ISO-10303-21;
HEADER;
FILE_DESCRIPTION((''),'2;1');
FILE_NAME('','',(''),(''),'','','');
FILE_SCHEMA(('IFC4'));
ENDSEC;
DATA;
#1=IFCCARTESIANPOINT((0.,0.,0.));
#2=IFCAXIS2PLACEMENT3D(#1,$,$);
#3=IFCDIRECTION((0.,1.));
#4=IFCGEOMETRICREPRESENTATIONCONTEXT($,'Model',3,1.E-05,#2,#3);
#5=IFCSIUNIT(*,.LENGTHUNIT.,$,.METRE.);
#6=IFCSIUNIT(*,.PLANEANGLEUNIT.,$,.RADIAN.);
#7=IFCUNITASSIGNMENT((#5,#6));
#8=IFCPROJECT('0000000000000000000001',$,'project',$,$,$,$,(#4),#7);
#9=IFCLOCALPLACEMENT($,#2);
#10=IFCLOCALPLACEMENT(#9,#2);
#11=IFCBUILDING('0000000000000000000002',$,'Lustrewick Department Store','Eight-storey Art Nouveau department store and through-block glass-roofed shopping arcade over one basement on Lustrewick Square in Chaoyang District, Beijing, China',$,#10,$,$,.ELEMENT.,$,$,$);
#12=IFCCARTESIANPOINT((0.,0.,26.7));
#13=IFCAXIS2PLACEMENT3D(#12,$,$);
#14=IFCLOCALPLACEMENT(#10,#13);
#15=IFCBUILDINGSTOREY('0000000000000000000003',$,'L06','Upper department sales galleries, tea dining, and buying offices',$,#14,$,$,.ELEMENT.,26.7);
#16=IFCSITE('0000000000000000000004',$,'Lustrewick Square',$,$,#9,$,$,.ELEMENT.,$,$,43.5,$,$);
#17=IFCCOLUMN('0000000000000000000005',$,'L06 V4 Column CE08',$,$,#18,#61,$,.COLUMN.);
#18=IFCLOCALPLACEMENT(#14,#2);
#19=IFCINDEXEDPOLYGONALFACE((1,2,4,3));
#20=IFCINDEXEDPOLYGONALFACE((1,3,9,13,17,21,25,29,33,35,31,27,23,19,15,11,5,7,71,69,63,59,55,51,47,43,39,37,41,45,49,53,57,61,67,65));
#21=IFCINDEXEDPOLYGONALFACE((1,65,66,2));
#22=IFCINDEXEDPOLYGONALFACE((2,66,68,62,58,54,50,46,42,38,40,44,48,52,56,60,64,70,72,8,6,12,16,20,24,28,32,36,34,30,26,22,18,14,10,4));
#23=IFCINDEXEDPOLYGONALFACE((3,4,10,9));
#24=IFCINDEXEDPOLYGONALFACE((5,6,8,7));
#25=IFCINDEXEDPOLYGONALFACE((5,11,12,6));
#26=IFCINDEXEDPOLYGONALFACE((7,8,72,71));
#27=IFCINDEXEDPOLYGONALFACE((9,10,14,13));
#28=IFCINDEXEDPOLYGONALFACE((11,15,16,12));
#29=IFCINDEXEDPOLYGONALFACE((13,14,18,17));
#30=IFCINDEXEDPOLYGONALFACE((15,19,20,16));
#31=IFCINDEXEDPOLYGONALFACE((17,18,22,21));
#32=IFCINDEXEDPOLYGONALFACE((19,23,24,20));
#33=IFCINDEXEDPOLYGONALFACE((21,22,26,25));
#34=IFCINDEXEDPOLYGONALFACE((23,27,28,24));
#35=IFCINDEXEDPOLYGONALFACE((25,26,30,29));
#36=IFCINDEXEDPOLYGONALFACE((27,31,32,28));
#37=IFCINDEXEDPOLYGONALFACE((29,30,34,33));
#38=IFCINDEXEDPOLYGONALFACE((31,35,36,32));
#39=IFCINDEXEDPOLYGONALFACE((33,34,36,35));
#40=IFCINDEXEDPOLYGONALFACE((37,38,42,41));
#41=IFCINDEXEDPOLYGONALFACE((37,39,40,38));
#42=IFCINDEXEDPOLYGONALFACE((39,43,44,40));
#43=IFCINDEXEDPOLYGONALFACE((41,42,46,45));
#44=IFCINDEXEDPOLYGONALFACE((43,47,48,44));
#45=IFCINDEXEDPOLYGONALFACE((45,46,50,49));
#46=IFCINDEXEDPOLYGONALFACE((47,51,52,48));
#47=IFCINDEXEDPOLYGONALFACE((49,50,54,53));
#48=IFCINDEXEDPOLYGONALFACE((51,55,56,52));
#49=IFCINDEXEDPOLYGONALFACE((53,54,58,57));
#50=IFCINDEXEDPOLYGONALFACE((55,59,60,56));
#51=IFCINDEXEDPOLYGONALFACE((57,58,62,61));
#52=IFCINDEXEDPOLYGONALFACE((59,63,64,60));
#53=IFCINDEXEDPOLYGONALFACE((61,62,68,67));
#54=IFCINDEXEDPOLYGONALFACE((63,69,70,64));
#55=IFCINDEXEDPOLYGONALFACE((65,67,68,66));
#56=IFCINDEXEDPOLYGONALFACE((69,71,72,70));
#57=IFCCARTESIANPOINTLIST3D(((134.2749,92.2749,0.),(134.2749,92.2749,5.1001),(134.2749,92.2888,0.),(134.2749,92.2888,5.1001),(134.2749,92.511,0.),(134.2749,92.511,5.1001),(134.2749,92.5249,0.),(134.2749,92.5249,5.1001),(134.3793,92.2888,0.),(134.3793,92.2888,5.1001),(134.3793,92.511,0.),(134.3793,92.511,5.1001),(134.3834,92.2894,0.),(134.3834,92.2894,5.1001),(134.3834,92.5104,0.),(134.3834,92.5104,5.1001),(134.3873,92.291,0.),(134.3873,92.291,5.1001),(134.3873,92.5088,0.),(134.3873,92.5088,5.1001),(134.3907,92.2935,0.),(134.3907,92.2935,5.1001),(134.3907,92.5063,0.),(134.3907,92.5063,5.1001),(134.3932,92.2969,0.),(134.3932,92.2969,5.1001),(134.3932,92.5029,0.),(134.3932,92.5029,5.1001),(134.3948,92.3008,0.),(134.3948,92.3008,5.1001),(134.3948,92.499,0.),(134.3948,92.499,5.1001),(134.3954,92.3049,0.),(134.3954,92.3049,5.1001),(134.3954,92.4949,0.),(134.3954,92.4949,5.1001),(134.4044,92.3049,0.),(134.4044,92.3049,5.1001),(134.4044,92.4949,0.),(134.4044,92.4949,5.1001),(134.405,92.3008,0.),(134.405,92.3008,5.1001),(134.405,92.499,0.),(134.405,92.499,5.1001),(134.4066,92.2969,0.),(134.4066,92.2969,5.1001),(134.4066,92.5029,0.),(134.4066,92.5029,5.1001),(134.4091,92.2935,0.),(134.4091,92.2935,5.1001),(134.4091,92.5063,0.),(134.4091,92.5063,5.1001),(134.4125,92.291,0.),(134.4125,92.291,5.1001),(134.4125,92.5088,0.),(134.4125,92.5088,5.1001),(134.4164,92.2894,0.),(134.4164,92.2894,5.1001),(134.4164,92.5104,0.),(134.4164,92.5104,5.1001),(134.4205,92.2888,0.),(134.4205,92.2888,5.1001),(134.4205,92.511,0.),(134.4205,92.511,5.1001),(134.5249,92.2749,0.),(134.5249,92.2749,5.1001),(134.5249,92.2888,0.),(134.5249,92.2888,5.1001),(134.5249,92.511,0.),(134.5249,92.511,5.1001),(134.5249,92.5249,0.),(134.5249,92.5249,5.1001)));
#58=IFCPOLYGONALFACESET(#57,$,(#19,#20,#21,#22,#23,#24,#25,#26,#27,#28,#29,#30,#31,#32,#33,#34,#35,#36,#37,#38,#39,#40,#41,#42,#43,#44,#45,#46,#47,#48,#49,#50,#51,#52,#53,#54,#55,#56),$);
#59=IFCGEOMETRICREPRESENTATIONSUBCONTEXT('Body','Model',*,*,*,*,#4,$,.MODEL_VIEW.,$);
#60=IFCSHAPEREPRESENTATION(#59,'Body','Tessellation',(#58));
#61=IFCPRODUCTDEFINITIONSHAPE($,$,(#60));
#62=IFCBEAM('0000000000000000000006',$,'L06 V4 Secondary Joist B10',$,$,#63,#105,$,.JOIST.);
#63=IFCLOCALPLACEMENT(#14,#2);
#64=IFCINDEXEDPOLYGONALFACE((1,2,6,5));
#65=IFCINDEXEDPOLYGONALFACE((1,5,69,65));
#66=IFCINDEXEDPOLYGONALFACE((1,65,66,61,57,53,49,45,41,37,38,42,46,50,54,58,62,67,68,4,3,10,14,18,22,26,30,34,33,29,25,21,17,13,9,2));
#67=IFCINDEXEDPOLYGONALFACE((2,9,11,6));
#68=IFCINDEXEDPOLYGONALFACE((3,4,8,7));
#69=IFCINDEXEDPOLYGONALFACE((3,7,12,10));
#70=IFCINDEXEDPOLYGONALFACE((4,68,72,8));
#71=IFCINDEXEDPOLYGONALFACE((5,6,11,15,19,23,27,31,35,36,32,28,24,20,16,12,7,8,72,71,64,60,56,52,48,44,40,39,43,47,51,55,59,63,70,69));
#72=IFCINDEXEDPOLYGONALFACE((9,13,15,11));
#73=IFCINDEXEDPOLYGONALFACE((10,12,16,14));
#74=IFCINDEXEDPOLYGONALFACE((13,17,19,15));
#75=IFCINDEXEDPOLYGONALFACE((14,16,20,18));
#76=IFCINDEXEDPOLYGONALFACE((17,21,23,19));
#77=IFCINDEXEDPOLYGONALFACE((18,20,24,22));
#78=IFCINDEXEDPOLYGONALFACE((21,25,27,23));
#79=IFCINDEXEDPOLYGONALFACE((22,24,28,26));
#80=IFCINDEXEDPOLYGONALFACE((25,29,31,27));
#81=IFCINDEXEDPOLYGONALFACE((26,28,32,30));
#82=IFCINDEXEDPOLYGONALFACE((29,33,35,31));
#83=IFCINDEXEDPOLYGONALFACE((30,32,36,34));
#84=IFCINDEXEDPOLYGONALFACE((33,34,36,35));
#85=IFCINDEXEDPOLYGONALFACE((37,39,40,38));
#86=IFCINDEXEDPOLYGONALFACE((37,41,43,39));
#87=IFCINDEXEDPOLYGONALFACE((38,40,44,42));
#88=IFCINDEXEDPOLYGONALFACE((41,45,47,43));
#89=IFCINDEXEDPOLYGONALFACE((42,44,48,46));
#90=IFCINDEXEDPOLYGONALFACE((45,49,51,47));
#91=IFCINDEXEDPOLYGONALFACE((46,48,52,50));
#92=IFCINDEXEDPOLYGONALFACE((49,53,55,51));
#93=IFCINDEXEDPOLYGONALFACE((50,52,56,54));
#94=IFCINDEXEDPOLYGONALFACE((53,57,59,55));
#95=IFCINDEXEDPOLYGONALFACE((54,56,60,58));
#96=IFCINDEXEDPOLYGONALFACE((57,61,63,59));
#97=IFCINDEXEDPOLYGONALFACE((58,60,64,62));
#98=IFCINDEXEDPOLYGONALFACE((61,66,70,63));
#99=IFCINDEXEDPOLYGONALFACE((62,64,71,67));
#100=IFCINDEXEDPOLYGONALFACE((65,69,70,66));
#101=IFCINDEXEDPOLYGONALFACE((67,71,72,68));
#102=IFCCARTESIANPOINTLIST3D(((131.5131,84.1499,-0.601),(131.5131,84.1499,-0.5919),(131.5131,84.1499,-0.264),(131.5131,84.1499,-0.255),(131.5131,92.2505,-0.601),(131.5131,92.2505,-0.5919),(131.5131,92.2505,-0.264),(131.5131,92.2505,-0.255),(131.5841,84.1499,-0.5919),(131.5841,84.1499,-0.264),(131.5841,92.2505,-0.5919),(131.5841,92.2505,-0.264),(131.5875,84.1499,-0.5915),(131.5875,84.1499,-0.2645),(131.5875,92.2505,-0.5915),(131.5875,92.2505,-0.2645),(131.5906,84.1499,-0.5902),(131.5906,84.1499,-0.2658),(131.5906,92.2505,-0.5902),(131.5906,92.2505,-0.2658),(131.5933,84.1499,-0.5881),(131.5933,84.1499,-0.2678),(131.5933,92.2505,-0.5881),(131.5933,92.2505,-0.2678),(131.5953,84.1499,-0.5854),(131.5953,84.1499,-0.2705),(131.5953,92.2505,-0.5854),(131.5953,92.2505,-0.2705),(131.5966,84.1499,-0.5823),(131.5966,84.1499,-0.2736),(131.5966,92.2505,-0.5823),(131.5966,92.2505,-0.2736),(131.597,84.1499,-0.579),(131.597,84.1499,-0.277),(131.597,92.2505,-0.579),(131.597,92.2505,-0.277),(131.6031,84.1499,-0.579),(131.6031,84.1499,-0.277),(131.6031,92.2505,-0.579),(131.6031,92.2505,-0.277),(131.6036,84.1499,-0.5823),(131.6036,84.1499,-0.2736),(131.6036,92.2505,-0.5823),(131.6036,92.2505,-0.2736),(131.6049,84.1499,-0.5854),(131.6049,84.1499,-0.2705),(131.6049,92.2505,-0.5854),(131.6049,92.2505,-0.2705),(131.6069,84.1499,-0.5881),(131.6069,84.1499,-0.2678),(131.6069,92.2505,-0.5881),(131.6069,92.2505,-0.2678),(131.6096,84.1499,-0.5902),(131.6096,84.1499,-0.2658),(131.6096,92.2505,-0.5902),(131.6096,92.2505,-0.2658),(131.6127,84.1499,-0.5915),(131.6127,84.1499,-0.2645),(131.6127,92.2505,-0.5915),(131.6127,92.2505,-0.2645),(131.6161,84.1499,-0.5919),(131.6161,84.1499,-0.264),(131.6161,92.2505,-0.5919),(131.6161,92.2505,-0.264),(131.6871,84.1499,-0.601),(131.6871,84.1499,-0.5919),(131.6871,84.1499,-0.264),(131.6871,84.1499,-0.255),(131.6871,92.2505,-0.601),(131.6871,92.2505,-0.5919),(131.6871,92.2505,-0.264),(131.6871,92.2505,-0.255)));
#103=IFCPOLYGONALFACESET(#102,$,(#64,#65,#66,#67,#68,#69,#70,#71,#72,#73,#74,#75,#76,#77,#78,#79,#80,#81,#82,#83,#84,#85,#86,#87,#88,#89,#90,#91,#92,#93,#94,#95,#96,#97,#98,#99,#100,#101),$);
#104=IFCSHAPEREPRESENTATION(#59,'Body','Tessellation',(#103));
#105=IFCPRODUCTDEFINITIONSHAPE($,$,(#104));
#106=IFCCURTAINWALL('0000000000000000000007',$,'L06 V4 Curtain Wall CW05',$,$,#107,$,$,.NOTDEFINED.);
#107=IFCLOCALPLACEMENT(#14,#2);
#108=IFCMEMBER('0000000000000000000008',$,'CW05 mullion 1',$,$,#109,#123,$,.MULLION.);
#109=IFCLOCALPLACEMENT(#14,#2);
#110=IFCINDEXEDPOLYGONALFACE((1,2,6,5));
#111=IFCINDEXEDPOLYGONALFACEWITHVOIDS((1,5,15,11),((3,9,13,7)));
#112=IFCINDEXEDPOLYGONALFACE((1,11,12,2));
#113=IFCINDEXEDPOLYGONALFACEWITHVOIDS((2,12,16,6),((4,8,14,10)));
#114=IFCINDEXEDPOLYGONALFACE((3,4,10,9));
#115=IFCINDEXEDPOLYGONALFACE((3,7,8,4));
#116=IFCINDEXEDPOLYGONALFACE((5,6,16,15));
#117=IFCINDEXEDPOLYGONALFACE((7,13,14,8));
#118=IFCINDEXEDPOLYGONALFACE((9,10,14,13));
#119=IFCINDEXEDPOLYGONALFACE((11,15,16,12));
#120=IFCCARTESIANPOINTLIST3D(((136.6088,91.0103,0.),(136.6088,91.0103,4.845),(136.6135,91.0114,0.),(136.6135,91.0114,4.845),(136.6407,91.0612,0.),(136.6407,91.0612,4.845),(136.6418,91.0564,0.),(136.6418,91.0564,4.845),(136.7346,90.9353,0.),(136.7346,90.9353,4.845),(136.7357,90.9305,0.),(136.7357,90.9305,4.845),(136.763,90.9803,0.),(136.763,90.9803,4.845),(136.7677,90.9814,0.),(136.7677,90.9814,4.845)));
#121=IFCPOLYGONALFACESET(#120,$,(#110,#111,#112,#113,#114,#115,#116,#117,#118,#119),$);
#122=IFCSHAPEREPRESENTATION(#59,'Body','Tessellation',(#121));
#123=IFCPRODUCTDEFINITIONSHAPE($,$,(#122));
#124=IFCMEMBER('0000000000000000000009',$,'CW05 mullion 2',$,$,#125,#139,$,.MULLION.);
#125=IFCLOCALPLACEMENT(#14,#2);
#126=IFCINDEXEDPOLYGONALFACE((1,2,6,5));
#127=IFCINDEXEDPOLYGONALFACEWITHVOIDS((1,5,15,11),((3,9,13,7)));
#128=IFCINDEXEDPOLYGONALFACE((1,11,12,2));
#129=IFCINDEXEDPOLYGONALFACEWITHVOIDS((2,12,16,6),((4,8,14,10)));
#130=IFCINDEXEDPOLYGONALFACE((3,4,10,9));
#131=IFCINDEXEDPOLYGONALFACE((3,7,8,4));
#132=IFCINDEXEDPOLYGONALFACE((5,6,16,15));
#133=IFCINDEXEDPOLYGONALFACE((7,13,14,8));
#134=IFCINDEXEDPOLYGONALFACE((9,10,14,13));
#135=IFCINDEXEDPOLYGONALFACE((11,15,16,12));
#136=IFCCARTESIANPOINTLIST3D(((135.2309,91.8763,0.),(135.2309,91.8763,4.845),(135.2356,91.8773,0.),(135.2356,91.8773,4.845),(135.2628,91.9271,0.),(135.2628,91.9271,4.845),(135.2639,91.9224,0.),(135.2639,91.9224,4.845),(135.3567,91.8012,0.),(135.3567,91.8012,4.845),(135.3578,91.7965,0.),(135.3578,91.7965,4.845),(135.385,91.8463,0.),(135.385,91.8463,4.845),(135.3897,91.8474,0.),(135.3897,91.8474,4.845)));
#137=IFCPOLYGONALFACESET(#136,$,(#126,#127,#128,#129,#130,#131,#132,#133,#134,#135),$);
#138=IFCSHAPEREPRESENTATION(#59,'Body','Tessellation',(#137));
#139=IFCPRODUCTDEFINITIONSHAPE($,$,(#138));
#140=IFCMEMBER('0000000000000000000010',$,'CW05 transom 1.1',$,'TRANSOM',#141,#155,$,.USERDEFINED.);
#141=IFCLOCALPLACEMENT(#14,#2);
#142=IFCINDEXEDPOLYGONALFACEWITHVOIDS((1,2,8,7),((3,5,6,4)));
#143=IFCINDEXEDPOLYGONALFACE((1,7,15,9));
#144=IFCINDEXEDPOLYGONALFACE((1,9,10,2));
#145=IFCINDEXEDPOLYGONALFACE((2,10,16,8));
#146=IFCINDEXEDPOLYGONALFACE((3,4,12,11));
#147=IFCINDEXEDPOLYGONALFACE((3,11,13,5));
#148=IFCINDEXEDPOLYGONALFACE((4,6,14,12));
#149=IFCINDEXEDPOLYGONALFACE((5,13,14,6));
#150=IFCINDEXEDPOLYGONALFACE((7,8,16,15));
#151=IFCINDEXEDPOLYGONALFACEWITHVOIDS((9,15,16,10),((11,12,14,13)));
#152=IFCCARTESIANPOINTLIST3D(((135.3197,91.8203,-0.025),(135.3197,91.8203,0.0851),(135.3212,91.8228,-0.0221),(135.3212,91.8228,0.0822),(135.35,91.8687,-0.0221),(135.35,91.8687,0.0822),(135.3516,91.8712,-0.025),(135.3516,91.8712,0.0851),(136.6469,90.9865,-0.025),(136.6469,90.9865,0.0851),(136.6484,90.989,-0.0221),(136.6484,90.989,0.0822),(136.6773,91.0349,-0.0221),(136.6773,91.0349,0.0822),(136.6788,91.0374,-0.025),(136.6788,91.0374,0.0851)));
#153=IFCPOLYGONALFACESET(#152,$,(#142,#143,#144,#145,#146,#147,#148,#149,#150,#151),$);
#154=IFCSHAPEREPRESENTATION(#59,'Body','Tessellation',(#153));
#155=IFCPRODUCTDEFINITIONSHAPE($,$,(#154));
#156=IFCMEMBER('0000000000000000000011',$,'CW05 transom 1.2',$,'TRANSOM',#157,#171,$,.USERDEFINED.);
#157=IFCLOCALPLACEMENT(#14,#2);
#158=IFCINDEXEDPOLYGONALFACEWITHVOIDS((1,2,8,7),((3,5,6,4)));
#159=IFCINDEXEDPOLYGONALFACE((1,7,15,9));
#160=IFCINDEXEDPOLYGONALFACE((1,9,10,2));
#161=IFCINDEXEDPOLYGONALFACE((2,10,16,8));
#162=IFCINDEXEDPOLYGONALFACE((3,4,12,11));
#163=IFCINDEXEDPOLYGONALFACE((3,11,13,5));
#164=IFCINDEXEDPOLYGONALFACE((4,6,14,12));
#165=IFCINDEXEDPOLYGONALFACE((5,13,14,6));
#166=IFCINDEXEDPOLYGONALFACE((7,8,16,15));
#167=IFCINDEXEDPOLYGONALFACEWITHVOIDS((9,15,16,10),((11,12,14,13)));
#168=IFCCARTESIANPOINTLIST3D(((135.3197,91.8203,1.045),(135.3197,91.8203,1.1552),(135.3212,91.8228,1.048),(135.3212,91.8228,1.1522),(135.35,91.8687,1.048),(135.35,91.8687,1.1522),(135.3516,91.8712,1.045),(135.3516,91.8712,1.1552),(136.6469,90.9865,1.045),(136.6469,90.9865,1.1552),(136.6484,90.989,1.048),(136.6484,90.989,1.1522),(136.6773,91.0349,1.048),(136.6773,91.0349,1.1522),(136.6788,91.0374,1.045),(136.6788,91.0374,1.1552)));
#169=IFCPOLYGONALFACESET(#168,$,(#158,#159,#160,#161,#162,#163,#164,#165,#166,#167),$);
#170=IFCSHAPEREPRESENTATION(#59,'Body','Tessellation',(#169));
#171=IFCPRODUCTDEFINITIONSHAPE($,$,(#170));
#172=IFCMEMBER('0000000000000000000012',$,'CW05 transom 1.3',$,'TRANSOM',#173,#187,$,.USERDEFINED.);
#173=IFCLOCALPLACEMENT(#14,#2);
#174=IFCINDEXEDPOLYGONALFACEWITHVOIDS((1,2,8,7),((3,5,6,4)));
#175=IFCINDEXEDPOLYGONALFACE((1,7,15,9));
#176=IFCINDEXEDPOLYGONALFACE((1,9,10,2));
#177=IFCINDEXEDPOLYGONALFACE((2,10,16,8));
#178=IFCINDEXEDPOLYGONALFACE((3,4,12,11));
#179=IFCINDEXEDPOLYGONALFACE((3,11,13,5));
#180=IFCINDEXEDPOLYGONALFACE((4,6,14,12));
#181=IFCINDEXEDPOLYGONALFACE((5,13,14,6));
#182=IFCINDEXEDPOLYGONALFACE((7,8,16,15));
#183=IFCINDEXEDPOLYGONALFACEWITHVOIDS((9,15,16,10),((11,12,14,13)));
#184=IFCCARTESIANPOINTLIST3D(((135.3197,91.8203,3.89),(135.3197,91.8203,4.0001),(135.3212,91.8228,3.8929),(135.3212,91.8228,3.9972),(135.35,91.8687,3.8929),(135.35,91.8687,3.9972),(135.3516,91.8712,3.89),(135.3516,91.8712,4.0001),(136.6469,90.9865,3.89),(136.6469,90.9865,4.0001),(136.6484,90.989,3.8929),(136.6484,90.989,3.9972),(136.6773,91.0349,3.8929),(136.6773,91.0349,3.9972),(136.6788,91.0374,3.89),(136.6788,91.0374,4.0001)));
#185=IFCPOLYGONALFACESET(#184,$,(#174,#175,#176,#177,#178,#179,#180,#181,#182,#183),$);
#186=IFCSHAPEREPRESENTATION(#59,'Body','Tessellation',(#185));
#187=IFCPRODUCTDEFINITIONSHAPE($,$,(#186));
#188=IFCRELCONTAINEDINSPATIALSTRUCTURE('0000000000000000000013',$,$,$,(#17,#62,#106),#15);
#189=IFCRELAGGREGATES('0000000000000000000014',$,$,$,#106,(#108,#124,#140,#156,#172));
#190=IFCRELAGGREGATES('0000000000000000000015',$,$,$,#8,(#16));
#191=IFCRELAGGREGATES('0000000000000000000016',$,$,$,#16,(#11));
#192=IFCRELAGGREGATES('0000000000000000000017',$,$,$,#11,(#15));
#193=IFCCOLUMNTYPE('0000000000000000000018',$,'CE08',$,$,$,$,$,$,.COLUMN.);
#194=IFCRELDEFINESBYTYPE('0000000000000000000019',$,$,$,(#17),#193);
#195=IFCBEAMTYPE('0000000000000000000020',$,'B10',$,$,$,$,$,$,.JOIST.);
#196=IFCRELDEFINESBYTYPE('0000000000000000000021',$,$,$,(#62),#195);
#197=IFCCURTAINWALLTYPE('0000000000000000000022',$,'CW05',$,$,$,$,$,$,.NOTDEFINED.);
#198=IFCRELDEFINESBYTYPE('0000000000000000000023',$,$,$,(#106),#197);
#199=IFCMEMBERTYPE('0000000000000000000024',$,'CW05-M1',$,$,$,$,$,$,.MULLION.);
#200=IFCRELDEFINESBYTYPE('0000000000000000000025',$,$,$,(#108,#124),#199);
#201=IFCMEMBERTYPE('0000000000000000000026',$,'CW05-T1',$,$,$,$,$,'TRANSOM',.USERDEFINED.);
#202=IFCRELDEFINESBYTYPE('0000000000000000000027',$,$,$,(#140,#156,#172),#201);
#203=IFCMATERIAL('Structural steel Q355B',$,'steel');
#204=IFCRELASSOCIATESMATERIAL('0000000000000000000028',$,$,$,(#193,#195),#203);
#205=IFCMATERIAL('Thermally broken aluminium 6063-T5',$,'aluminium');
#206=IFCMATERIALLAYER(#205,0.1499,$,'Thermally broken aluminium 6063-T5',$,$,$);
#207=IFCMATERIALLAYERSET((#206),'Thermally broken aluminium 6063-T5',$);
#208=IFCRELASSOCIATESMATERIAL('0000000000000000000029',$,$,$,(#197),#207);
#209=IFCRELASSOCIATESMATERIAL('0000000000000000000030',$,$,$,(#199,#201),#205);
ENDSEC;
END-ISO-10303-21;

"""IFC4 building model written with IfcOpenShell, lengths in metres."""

from ifc_helpers import new_model, si_unit, direction, frame, origin, origin_2d, place, context, subcontext, project, spatial, hollow_rectangle, i_section, extrude, material, layer, layer_set, material_profile, profile_set, type_object, element, aggregate, save


model = new_model("IFC4")

# Units and contexts
model_context = context("Model", 3, precision=1e-05, world=origin(), true_north=direction((0.0, 1.0)))
body_context = subcontext(model_context, "Body", "Model", "MODEL_VIEW")
ifc_project = project(units=[si_unit("LENGTHUNIT", "METRE"), si_unit("PLANEANGLEUNIT", "RADIAN")], contexts=[model_context])

# Site, building, storey
site_placement = place(None, origin())
site = spatial("IfcSite", under=ifc_project, at=site_placement, Name="Lustrewick Square", CompositionType="ELEMENT", RefElevation=43.5)
building_placement = place(site_placement, origin())
building = spatial("IfcBuilding", under=site, at=building_placement, Name="Lustrewick Department Store", Description="Eight-storey Art Nouveau department store and through-block glass-roofed shopping arcade over one basement on Lustrewick Square in Chaoyang District, Beijing, China", CompositionType="ELEMENT")
storey_placement = place(building_placement, frame((0.0, 0.0, 26.7)))
storey = spatial("IfcBuildingStorey", under=building, at=storey_placement, Name="L06", Description="Upper department sales galleries, tea dining, and buying offices", CompositionType="ELEMENT", Elevation=26.7)

# Column
ifc_material_1 = material(Name="Structural steel Q355B", Category="steel")
ifc_material_profile_1 = material_profile(ifc_material_1, i_section(OverallWidth=0.25, OverallDepth=0.25, WebThickness=0.009, FlangeThickness=0.0139, FilletRadius=0.0161, at=origin_2d()), Name="HW 250x250x9x14")
ifc_profile_set_1 = profile_set([ifc_material_profile_1], Name="Structural steel Q355B")
column_type = type_object("IfcColumnType", Name="CE08", PredefinedType="COLUMN", material=ifc_profile_set_1)
column_placement = place(storey_placement, frame((134.3999, 92.3999, 0.0), z_axis=(0.0, 0.0, 1.0), x_axis=(1.0, 0.0, 0.0)))
element("IfcColumn", 1, at=column_placement, inside=storey, type_object=column_type, Name="L06 V4 Column CE08", PredefinedType="COLUMN", context=body_context, shape_type="SweptSolid", body=[
    extrude(i_section(OverallWidth=0.25, OverallDepth=0.25, WebThickness=0.009, FlangeThickness=0.0139, FilletRadius=0.0161, at=origin_2d()), origin(), (0.0, 0.0, 1.0), 5.1001),
])

# Beam
ifc_material_profile_2 = material_profile(ifc_material_1, i_section(OverallWidth=0.1741, OverallDepth=0.3459, WebThickness=0.0061, FlangeThickness=0.009, FilletRadius=0.0129, at=origin_2d()), Name="HN 346x174x6x9")
ifc_profile_set_2 = profile_set([ifc_material_profile_2], Name="Structural steel Q355B")
beam_type_1 = type_object("IfcBeamType", Name="B10", PredefinedType="JOIST", material=ifc_profile_set_2)
beam_1_placement = place(storey_placement, frame((131.6001, 84.1499, -0.428), z_axis=(0.0, 1.0, 0.0), x_axis=(-1.0, 0.0, 0.0)))
element("IfcBeam", 2, at=beam_1_placement, inside=storey, type_object=beam_type_1, Name="L06 V4 Secondary Joist B10", PredefinedType="JOIST", context=body_context, shape_type="SweptSolid", body=[
    extrude(i_section(OverallWidth=0.1741, OverallDepth=0.3459, WebThickness=0.0061, FlangeThickness=0.009, FilletRadius=0.0129, at=origin_2d()), origin(), (0.0, 0.0, 1.0), 8.1006),
])

# Curtain wall, members
ifc_material_2 = material(Name="Thermally broken aluminium 6063-T5", Category="aluminium")
ifc_layer_1 = layer(ifc_material_2, 0.1499, Name="Thermally broken aluminium 6063-T5")
ifc_layer_set_1 = layer_set([ifc_layer_1], Name="Thermally broken aluminium 6063-T5")
curtain_wall_type_1 = type_object("IfcCurtainWallType", Name="CW05", PredefinedType="NOTDEFINED", material=ifc_layer_set_1)
curtain_wall_1_placement = place(storey_placement, origin())
curtain_wall_1 = element("IfcCurtainWall", 3, at=curtain_wall_1_placement, inside=storey, type_object=curtain_wall_type_1, Name="L06 V4 Curtain Wall CW05", PredefinedType="NOTDEFINED")
ifc_material_profile_3 = material_profile(ifc_material_2, hollow_rectangle(XDim=0.0601, YDim=0.1499, WallThickness=0.0034, at=origin_2d()), Name="ALU-M 60x150x3.5")
ifc_profile_set_3 = profile_set([ifc_material_profile_3], Name="Thermally broken aluminium 6063-T5")
member_type_1 = type_object("IfcMemberType", Name="CW05-M1", PredefinedType="MULLION", material=ifc_profile_set_3)
member_1_placement = place(storey_placement, frame((136.6882, 90.9958, 0.0), z_axis=(0.0, 0.0, 1.0), x_axis=(-0.532027, -0.846727, 0.0)))
member_1 = element("IfcMember", 4, at=member_1_placement, type_object=member_type_1, Name="CW05 mullion 1", PredefinedType="MULLION", context=body_context, shape_type="SweptSolid", body=[
    extrude(hollow_rectangle(XDim=0.0601, YDim=0.1499, WallThickness=0.0034, at=origin_2d()), origin(), (0.0, 0.0, 1.0), 4.845),
])
member_2_placement = place(storey_placement, frame((135.3103, 91.8618, 0.0), z_axis=(0.0, 0.0, 1.0), x_axis=(-0.532027, -0.846727, 0.0)))
member_2 = element("IfcMember", 5, at=member_2_placement, type_object=member_type_1, Name="CW05 mullion 2", PredefinedType="MULLION", context=body_context, shape_type="SweptSolid", body=[
    extrude(hollow_rectangle(XDim=0.0601, YDim=0.1499, WallThickness=0.0034, at=origin_2d()), origin(), (0.0, 0.0, 1.0), 4.845),
])
ifc_material_profile_4 = material_profile(ifc_material_2, hollow_rectangle(XDim=0.0601, YDim=0.1101, WallThickness=0.0029, at=origin_2d()), Name="ALU-T 60x110x3")
ifc_profile_set_4 = profile_set([ifc_material_profile_4], Name="Thermally broken aluminium 6063-T5")
member_type_2 = type_object("IfcMemberType", Name="CW05-T1", ElementType="TRANSOM", PredefinedType="USERDEFINED", material=ifc_profile_set_4)
member_3_placement = place(storey_placement, frame((136.6628, 91.012, 0.03), z_axis=(-0.846771, 0.531958, 0.0), x_axis=(-0.531958, -0.846771, 0.0)))
member_3 = element("IfcMember", 6, at=member_3_placement, type_object=member_type_2, Name="CW05 transom 1.1", ObjectType="TRANSOM", PredefinedType="USERDEFINED", context=body_context, shape_type="SweptSolid", body=[
    extrude(hollow_rectangle(XDim=0.0601, YDim=0.1101, WallThickness=0.0029, at=origin_2d()), origin(), (0.0, 0.0, 1.0), 1.5674),
])
member_4_placement = place(storey_placement, frame((136.6628, 91.012, 1.1001), z_axis=(-0.846771, 0.531958, 0.0), x_axis=(-0.531958, -0.846771, 0.0)))
member_4 = element("IfcMember", 7, at=member_4_placement, type_object=member_type_2, Name="CW05 transom 1.2", ObjectType="TRANSOM", PredefinedType="USERDEFINED", context=body_context, shape_type="SweptSolid", body=[
    extrude(hollow_rectangle(XDim=0.0601, YDim=0.1101, WallThickness=0.0029, at=origin_2d()), origin(), (0.0, 0.0, 1.0), 1.5674),
])
member_5_placement = place(storey_placement, frame((136.6628, 91.012, 3.9451), z_axis=(-0.846771, 0.531958, 0.0), x_axis=(-0.531958, -0.846771, 0.0)))
member_5 = element("IfcMember", 8, at=member_5_placement, type_object=member_type_2, Name="CW05 transom 1.3", ObjectType="TRANSOM", PredefinedType="USERDEFINED", context=body_context, shape_type="SweptSolid", body=[
    extrude(hollow_rectangle(XDim=0.0601, YDim=0.1101, WallThickness=0.0029, at=origin_2d()), origin(), (0.0, 0.0, 1.0), 1.5674),
])

aggregate(curtain_wall_1, [member_1, member_2, member_3, member_4, member_5])

save(model, "model.ifc")
